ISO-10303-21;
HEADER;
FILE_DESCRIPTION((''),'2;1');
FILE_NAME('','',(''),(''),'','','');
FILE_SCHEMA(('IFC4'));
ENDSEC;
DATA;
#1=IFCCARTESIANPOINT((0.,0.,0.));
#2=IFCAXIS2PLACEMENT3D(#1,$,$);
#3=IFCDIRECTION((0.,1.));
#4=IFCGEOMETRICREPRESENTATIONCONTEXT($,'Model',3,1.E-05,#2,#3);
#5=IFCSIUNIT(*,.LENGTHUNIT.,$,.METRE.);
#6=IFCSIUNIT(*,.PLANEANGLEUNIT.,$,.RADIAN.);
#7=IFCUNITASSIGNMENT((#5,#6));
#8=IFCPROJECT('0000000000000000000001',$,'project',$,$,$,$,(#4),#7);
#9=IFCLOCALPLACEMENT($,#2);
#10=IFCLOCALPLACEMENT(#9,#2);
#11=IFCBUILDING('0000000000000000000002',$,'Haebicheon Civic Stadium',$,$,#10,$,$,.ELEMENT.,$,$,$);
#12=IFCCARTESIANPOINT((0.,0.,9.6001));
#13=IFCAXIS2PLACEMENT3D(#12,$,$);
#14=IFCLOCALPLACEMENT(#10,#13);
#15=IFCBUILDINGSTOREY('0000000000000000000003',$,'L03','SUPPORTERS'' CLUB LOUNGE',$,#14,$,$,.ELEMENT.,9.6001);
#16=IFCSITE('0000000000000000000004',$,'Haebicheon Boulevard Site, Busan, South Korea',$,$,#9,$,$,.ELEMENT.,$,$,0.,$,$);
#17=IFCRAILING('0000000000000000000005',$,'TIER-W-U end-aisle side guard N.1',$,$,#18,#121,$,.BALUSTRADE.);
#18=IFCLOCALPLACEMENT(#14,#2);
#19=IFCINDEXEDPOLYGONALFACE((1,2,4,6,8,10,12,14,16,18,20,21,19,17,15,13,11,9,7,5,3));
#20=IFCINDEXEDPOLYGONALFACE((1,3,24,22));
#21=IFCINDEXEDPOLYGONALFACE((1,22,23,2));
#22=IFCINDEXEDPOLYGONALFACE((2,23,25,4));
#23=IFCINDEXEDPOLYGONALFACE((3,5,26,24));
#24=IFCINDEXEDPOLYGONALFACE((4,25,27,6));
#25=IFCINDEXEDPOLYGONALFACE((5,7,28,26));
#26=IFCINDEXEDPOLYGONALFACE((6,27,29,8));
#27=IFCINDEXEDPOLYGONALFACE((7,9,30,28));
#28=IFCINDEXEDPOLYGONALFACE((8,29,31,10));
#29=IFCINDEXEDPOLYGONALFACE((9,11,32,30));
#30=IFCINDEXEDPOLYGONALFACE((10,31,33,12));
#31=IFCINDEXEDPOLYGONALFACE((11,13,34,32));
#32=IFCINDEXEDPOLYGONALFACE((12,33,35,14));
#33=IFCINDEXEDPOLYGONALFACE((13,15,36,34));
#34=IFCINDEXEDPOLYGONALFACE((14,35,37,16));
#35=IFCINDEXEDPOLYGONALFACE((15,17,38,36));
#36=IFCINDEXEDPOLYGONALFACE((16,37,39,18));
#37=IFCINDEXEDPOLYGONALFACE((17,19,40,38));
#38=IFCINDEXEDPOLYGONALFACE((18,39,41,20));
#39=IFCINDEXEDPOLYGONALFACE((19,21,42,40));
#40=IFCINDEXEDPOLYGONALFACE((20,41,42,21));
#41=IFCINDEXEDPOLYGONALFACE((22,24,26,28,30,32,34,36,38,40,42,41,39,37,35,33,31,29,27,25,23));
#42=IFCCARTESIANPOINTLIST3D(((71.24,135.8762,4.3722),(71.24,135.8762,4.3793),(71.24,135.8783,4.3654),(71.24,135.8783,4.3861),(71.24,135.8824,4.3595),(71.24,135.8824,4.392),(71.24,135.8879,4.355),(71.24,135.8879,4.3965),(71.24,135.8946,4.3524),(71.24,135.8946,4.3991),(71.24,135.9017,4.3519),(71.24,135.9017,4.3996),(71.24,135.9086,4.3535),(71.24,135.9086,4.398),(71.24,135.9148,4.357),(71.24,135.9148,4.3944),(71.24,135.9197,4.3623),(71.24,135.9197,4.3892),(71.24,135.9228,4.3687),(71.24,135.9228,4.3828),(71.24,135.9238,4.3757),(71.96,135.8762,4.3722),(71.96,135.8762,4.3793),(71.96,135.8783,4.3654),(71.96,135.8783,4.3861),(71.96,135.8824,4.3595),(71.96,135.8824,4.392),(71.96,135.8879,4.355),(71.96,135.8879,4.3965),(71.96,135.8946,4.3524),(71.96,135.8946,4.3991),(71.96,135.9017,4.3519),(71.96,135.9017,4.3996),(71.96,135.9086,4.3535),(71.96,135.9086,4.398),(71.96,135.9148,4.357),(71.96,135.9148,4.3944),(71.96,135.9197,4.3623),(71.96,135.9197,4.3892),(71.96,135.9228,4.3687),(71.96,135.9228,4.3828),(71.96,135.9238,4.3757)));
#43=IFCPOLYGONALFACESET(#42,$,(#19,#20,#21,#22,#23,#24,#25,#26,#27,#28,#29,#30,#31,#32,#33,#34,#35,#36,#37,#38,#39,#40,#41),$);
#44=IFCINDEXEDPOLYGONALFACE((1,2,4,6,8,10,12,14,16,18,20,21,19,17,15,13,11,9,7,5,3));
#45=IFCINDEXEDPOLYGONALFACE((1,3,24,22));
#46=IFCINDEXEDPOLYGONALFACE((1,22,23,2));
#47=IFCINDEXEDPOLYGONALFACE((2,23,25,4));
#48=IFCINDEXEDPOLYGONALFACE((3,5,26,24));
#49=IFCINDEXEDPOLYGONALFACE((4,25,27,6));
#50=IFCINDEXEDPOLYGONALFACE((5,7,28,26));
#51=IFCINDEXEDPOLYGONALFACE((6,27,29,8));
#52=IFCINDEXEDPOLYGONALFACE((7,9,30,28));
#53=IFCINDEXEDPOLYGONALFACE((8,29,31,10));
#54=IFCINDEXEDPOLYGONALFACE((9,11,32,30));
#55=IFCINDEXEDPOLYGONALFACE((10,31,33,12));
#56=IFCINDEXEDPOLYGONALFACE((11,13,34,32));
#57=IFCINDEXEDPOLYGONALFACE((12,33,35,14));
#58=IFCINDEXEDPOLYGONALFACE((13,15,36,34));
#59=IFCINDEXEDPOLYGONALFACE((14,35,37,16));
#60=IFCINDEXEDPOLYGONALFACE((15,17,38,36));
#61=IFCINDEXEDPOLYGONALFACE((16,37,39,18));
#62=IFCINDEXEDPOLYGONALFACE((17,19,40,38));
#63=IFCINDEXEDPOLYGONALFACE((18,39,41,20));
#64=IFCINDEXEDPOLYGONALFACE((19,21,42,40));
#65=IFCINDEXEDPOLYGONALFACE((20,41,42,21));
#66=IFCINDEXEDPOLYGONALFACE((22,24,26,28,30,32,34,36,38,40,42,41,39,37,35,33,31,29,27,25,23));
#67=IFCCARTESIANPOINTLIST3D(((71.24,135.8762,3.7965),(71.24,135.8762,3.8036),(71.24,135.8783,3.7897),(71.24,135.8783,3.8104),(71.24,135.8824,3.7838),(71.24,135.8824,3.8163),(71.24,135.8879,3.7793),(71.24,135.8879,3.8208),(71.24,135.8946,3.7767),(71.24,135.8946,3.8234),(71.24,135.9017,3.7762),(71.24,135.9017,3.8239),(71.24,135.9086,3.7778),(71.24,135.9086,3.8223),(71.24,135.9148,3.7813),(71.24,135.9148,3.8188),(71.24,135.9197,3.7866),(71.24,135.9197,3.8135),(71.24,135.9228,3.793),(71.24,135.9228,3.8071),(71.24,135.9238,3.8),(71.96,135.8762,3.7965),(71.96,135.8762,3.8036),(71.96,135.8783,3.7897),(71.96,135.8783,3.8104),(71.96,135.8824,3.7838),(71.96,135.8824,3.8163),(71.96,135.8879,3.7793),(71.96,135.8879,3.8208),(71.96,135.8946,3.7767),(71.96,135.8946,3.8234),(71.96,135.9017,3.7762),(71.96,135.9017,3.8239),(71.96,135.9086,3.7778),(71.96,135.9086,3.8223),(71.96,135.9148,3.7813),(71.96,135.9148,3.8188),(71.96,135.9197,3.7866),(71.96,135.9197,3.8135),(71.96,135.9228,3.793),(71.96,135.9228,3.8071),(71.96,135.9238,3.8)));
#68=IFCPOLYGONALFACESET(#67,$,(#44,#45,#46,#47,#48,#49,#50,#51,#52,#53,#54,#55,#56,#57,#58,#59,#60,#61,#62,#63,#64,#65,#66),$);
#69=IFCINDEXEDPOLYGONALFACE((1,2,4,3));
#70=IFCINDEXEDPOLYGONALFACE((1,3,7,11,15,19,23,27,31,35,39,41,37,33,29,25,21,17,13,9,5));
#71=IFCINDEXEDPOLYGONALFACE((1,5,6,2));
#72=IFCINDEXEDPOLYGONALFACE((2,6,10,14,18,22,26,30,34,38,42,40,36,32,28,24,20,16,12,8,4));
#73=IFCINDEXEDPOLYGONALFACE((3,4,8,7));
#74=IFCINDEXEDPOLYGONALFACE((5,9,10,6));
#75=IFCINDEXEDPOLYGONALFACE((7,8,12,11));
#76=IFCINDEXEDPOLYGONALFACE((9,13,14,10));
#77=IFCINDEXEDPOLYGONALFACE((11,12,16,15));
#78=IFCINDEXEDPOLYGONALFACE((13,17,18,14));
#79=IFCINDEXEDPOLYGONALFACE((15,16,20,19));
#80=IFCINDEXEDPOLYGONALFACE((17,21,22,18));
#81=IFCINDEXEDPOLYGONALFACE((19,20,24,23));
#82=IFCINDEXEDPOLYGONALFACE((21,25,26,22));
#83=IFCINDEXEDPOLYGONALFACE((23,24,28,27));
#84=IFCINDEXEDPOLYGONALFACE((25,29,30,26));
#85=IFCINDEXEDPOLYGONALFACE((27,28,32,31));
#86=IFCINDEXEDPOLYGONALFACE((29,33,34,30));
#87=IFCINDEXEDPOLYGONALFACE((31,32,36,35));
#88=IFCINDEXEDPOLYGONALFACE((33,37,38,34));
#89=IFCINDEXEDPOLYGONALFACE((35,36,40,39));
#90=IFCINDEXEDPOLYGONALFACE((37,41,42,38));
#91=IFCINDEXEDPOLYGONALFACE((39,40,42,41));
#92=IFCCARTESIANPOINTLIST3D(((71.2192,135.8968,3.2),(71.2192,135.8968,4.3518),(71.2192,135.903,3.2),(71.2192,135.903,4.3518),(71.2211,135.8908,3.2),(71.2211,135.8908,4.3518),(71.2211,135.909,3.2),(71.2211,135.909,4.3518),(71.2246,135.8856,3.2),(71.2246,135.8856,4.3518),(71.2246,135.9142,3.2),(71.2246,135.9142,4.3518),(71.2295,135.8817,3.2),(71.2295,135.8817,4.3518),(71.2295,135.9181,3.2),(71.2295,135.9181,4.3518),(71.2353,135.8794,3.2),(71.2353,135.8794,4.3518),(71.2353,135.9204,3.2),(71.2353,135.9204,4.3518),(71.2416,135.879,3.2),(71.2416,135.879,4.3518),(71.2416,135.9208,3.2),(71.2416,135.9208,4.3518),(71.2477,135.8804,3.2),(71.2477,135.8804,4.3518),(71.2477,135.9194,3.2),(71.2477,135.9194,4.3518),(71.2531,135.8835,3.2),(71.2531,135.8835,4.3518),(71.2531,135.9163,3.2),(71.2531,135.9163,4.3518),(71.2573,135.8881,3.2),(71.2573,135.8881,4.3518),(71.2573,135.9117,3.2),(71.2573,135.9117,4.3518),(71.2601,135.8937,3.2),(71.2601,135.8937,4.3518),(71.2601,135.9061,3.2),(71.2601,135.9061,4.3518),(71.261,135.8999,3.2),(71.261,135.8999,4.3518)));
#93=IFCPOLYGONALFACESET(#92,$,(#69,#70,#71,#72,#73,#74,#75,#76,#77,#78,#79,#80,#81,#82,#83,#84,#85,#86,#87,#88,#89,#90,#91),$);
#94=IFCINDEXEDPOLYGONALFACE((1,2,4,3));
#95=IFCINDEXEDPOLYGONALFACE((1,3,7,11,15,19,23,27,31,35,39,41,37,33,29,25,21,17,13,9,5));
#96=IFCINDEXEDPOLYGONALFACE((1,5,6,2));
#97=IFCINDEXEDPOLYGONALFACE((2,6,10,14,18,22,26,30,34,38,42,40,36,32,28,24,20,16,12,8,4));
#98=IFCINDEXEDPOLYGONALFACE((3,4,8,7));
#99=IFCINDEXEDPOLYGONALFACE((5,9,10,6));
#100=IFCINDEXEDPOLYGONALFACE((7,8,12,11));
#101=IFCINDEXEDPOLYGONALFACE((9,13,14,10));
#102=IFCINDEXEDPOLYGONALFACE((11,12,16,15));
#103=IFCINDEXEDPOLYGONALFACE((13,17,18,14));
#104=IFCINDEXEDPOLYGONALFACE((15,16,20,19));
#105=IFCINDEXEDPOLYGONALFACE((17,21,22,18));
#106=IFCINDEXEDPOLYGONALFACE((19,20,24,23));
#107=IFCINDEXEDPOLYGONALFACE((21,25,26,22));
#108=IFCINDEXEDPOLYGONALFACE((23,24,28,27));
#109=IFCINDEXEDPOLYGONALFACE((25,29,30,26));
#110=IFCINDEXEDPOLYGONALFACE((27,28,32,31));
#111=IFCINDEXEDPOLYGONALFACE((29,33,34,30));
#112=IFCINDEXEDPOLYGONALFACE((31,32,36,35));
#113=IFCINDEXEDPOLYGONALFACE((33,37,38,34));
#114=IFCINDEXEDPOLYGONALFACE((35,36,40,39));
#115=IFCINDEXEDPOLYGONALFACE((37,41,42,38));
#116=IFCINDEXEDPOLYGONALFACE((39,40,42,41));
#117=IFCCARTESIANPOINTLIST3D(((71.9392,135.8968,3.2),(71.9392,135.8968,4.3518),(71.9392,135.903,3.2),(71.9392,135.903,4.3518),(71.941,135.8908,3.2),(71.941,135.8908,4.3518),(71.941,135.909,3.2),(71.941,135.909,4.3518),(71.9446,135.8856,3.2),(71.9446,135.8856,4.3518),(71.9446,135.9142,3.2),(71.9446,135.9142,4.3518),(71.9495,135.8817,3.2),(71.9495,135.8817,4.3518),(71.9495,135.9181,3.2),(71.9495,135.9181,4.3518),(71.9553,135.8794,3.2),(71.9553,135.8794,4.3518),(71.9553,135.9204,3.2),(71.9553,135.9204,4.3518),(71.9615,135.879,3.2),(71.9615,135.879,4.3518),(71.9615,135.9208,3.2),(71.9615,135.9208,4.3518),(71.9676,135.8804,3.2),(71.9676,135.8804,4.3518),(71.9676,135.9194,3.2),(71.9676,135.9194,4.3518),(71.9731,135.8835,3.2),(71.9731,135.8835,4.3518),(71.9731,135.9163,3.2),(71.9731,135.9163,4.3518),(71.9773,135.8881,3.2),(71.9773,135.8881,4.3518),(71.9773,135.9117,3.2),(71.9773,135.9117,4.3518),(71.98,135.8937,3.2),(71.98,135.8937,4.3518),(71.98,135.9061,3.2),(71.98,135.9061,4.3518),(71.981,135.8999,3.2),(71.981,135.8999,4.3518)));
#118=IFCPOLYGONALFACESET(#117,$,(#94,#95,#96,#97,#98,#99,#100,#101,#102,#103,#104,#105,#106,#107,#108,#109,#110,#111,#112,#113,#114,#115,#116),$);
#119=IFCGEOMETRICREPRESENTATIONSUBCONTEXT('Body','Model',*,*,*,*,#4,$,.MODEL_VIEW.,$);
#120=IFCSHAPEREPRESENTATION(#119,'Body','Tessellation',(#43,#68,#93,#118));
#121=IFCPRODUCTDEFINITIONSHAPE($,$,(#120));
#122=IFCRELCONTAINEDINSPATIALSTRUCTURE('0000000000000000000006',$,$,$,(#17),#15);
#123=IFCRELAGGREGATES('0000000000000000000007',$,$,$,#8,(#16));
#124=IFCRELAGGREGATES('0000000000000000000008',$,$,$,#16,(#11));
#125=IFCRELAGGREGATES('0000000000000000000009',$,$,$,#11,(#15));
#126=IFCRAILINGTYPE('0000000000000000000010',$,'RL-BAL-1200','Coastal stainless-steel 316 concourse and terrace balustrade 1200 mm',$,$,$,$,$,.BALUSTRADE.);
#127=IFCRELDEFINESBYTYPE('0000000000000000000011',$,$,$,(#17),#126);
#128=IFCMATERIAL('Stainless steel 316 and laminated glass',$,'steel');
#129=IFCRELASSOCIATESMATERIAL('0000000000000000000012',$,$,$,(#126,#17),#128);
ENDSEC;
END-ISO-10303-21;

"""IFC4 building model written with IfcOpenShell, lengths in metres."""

from ifc_helpers import new_model, si_unit, direction, frame, origin, origin_2d, place, context, subcontext, project, spatial, circle, extrude, material, type_object, element, save


model = new_model("IFC4")

# Units and contexts
model_context = context("Model", 3, precision=1e-05, world=origin(), true_north=direction((0.0, 1.0)))
body_context = subcontext(model_context, "Body", "Model", "MODEL_VIEW")
ifc_project = project(units=[si_unit("LENGTHUNIT", "METRE"), si_unit("PLANEANGLEUNIT", "RADIAN")], contexts=[model_context])

# Site, building, storey
site_placement = place(None, origin())
site = spatial("IfcSite", under=ifc_project, at=site_placement, Name="Haebicheon Boulevard Site, Busan, South Korea", CompositionType="ELEMENT", RefElevation=0.0)
building_placement = place(site_placement, origin())
building = spatial("IfcBuilding", under=site, at=building_placement, Name="Haebicheon Civic Stadium", CompositionType="ELEMENT")
storey_placement = place(building_placement, frame((0.0, 0.0, 9.6001)))
storey = spatial("IfcBuildingStorey", under=building, at=storey_placement, Name="L03", Description="SUPPORTERS' CLUB LOUNGE", CompositionType="ELEMENT", Elevation=9.6001)

# Railing
ifc_material_1 = material(Name="Stainless steel 316 and laminated glass", Category="steel")
railing_type = type_object("IfcRailingType", Name="RL-BAL-1200", Description="Coastal stainless-steel 316 concourse and terrace balustrade 1200 mm", PredefinedType="BALUSTRADE", material=ifc_material_1)
for number, where, name in (
    (1, (71.24, 135.8999, 3.2), "TIER-W-U end-aisle side guard N.1"),
):
    element("IfcRailing", number, at=place(storey_placement, frame(where)), inside=storey, type_object=railing_type, material=ifc_material_1, Name=name, PredefinedType="BALUSTRADE", context=body_context, shape_type="SweptSolid", body=[
        extrude(circle(Radius=0.0239, at=origin_2d()), frame((0.0, 0.0, 1.1758), z_axis=(1.0, 0.0, 0.0), x_axis=(0.0, 1.0, 0.0)), (0.0, 0.0, 1.0), 0.72),
        extrude(circle(Radius=0.0239, at=origin_2d()), frame((0.0, 0.0, 0.6001), z_axis=(1.0, 0.0, 0.0), x_axis=(0.0, 1.0, 0.0)), (0.0, 0.0, 1.0), 0.72),
        extrude(circle(Radius=0.021, at=origin_2d()), origin(), (0.0, 0.0, 1.0), 1.1519),
        extrude(circle(Radius=0.021, at=origin_2d()), frame((0.72, 0.0, 0.0)), (0.0, 0.0, 1.0), 1.1519),
    ])

save(model, "model.ifc")
